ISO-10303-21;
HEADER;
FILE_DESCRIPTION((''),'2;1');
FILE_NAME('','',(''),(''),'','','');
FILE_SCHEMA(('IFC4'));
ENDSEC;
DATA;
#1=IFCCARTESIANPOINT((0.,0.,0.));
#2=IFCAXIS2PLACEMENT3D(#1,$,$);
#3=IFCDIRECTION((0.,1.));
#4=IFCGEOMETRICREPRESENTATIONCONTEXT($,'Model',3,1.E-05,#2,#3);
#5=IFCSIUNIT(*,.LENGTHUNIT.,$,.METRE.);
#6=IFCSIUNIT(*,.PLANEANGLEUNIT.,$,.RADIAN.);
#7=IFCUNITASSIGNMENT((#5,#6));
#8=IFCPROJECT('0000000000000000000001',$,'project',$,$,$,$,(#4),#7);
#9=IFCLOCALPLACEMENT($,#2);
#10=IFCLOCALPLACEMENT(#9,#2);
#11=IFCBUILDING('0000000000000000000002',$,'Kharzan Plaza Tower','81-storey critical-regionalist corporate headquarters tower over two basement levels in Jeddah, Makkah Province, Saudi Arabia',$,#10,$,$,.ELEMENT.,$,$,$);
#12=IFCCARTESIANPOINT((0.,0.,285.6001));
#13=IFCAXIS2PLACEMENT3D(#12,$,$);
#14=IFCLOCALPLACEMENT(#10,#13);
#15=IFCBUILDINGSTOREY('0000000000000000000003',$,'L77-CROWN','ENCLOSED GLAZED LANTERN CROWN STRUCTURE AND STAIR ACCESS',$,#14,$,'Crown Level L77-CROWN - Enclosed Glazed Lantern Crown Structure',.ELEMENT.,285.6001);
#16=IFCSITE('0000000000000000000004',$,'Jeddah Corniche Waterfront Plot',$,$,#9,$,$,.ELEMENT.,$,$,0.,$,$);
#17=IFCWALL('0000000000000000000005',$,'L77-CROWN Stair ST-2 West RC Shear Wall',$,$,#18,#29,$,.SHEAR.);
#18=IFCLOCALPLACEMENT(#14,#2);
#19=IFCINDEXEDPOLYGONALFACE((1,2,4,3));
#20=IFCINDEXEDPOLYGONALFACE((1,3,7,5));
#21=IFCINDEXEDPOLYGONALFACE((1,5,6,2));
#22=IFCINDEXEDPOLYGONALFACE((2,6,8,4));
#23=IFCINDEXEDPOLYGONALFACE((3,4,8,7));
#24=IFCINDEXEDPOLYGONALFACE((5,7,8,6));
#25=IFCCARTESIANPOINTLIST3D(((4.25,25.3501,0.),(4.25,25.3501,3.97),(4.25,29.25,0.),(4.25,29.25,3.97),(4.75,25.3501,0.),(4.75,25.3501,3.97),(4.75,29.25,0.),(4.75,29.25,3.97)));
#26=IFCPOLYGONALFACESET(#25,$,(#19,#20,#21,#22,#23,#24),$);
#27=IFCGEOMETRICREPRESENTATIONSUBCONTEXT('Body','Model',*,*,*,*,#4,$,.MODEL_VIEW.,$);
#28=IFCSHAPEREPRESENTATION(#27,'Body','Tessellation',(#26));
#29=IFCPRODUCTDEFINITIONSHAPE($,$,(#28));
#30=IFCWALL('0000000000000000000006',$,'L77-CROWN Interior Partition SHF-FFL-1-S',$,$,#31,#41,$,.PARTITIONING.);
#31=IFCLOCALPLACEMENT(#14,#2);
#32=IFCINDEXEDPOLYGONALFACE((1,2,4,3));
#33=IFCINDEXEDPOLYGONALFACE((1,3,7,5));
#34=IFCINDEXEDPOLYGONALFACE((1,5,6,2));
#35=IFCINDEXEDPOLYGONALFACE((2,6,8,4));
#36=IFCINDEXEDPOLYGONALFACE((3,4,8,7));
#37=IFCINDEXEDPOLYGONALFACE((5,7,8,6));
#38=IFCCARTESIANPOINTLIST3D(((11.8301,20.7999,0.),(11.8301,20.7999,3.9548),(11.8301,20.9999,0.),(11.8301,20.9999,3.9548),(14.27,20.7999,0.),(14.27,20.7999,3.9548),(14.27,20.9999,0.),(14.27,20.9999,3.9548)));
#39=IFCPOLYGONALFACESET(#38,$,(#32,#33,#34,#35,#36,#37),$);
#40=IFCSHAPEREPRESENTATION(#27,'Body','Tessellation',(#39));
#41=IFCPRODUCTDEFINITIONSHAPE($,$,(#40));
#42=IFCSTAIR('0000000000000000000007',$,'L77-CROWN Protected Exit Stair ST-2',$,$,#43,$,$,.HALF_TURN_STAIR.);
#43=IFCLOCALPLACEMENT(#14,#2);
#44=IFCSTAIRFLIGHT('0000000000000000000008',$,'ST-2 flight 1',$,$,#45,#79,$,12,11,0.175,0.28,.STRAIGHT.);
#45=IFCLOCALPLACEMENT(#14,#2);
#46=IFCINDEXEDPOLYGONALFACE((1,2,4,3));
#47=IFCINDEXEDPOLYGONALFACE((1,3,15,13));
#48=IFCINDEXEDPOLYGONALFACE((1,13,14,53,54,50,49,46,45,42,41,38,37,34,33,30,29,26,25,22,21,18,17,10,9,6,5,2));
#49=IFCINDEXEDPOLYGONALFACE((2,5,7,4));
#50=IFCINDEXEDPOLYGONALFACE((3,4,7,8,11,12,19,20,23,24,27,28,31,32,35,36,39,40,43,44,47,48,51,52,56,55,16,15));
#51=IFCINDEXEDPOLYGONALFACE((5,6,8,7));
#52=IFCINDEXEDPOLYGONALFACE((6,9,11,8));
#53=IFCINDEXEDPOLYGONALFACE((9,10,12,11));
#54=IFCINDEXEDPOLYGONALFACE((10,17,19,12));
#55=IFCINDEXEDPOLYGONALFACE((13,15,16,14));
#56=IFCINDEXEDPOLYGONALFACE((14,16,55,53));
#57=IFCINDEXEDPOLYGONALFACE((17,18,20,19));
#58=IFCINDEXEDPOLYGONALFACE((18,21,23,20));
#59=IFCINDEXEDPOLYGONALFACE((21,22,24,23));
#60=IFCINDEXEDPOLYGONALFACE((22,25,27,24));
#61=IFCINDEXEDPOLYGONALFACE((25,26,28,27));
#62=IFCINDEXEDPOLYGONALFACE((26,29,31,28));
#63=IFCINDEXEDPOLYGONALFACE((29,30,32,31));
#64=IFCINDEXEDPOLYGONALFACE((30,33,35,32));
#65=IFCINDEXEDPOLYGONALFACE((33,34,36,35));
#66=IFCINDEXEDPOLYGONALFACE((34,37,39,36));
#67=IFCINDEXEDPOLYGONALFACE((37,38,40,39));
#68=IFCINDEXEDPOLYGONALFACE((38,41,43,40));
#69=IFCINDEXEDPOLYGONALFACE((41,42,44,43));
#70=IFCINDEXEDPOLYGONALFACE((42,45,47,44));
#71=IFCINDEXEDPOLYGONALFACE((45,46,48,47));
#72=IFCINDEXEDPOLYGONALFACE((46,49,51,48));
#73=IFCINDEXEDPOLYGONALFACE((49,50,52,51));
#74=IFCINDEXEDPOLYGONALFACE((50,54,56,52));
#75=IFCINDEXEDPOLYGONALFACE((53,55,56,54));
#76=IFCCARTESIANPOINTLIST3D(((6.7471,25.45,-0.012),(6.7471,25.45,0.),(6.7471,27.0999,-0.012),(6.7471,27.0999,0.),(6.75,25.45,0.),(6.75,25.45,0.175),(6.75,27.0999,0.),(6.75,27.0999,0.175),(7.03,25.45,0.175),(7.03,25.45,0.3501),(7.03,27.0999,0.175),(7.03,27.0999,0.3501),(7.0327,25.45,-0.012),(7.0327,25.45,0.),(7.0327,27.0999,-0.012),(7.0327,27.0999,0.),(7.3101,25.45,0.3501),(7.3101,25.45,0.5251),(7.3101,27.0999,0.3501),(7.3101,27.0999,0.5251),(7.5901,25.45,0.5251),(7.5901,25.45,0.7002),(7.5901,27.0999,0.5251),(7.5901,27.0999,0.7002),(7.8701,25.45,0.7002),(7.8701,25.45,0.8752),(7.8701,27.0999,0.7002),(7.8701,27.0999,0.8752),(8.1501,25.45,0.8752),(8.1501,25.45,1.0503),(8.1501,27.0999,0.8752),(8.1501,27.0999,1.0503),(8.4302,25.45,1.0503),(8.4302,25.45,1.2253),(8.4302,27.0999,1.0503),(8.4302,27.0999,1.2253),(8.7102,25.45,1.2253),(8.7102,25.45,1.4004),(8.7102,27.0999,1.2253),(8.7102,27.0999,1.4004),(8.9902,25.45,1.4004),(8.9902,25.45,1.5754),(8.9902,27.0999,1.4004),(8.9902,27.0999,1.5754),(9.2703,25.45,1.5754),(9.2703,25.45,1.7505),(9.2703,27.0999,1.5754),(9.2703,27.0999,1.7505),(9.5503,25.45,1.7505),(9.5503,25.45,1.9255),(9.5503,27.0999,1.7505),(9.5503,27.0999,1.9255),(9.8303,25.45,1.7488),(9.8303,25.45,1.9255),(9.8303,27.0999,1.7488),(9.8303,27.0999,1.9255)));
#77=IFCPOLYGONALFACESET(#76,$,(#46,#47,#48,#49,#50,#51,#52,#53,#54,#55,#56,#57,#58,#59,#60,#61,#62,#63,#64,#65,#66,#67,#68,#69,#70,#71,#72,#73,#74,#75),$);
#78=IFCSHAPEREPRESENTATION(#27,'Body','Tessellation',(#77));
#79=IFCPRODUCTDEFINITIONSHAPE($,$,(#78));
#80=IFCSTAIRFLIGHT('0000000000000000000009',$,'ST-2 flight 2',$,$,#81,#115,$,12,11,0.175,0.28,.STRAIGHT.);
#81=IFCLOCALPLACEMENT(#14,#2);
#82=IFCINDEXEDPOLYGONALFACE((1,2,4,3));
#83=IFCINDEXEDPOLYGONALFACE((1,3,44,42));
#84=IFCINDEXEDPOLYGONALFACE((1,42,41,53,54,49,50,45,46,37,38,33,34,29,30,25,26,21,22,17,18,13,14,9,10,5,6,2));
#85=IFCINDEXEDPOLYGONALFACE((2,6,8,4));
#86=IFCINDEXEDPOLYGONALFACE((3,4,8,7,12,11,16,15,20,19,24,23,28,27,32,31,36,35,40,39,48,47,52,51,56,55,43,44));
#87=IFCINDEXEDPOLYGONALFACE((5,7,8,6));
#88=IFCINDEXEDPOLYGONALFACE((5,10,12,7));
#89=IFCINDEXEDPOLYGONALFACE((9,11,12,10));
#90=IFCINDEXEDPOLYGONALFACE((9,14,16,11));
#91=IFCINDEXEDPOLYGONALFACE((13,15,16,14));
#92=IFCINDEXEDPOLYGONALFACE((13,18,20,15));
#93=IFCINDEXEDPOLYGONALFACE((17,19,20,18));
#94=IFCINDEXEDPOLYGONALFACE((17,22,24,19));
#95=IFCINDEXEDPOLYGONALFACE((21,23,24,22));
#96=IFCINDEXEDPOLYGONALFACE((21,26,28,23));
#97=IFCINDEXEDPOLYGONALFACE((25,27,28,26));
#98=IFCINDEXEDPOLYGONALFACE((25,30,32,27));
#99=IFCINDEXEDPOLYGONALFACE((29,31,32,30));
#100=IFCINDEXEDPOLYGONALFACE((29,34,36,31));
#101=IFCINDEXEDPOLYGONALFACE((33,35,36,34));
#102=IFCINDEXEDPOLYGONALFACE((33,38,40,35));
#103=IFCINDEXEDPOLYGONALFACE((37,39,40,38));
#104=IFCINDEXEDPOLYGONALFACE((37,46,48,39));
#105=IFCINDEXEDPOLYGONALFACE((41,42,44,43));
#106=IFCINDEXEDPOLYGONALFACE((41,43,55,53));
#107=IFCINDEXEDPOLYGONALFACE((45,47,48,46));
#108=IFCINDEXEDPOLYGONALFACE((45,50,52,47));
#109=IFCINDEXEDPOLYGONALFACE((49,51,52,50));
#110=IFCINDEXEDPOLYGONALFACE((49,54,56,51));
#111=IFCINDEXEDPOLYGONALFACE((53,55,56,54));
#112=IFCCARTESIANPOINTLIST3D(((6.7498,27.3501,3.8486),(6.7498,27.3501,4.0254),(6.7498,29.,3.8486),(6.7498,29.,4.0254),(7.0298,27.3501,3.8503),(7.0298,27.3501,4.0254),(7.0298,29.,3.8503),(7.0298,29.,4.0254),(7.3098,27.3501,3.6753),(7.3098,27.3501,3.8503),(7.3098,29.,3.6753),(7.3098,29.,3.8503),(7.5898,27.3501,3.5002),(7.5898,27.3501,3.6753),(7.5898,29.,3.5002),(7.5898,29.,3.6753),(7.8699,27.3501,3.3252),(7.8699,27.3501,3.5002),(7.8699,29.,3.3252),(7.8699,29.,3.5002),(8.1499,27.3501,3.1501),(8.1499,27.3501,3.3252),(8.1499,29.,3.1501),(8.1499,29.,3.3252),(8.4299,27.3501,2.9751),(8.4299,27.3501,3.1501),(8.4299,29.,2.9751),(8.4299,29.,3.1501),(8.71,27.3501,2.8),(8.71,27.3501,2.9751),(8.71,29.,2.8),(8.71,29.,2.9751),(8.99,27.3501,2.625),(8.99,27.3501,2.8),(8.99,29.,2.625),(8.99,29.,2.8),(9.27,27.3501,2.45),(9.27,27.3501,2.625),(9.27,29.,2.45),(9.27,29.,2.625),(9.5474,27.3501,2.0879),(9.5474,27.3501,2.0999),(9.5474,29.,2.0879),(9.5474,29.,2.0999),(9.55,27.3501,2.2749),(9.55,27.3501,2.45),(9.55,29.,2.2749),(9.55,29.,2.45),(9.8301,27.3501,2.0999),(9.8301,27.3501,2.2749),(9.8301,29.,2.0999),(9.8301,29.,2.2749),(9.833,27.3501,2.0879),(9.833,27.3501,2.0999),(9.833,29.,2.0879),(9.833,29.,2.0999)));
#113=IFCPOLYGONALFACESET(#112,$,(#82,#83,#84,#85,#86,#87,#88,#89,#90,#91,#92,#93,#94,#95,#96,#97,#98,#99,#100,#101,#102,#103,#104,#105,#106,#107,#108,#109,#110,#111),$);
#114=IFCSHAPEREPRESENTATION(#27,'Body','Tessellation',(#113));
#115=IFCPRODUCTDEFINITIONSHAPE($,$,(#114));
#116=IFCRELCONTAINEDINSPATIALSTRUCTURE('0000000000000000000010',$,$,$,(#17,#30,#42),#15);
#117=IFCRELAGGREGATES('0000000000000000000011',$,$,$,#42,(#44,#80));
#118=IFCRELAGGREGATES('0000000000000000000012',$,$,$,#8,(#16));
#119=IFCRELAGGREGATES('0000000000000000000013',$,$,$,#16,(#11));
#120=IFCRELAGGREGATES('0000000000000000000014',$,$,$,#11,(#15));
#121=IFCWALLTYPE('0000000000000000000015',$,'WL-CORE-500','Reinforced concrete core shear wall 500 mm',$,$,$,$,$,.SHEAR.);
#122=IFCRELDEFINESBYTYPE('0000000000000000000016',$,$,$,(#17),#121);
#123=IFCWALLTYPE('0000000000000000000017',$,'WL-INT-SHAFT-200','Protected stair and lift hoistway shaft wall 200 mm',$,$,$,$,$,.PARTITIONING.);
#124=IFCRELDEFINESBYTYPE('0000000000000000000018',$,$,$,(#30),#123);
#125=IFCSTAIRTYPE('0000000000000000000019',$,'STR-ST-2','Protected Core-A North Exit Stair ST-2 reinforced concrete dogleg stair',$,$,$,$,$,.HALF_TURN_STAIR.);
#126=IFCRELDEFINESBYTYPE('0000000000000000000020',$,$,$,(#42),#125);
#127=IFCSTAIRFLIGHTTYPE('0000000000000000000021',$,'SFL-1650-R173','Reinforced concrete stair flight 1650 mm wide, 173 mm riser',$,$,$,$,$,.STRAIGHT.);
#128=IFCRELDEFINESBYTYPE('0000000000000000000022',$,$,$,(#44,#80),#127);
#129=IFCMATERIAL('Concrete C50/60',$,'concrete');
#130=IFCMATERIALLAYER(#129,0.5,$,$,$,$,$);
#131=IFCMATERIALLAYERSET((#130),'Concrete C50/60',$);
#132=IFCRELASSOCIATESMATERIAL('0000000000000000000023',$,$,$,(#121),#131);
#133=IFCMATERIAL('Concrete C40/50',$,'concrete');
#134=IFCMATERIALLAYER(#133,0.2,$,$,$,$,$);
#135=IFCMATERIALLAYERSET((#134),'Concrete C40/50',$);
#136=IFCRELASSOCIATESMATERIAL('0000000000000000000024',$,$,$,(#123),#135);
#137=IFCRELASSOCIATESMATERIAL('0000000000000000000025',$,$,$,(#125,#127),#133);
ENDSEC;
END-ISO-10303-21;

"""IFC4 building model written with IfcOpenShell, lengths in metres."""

from ifc_helpers import new_model, si_unit, direction, frame, frame_2d, origin, place, context, subcontext, project, spatial, polyline, rectangle, outline, extrude, source, transform, mapped, material, layer, layer_set, type_object, element, aggregate, save


model = new_model("IFC4")

# Units and contexts
model_context = context("Model", 3, precision=1e-05, world=origin(), true_north=direction((0.0, 1.0)))
body_context = subcontext(model_context, "Body", "Model", "MODEL_VIEW")
ifc_project = project(units=[si_unit("LENGTHUNIT", "METRE"), si_unit("PLANEANGLEUNIT", "RADIAN")], contexts=[model_context])

# Site, building, storey
site_placement = place(None, origin())
site = spatial("IfcSite", under=ifc_project, at=site_placement, Name="Jeddah Corniche Waterfront Plot", CompositionType="ELEMENT", RefElevation=0.0)
building_placement = place(site_placement, origin())
building = spatial("IfcBuilding", under=site, at=building_placement, Name="Kharzan Plaza Tower", Description="81-storey critical-regionalist corporate headquarters tower over two basement levels in Jeddah, Makkah Province, Saudi Arabia", CompositionType="ELEMENT")
storey_placement = place(building_placement, frame((0.0, 0.0, 285.6001)))
storey = spatial("IfcBuildingStorey", under=building, at=storey_placement, Name="L77-CROWN", Description="ENCLOSED GLAZED LANTERN CROWN STRUCTURE AND STAIR ACCESS", LongName="Crown Level L77-CROWN - Enclosed Glazed Lantern Crown Structure", CompositionType="ELEMENT", Elevation=285.6001)

# Shared definitions
ifc_material_1 = material(Name="Concrete C50/60", Category="concrete")

# Walls
ifc_layer_1 = layer(ifc_material_1, 0.5)
ifc_layer_set_1 = layer_set([ifc_layer_1], Name="Concrete C50/60")
wall_type_1 = type_object("IfcWallType", Name="WL-CORE-500", Description="Reinforced concrete core shear wall 500 mm", PredefinedType="SHEAR", material=ifc_layer_set_1)
shared_shape_1 = source(origin(), body_context, "Body", "SweptSolid", [
    extrude(rectangle(XDim=3.8999, YDim=0.5, at=frame_2d((1.95, 0.0))), origin(), (0.0, 0.0, 1.0), 3.97),
])
wall_1_placement = place(storey_placement, frame((4.5, 25.3501, 0.0), z_axis=(0.0, 0.0, 1.0), x_axis=(0.0, 1.0, 0.0)))
element("IfcWall", 1, at=wall_1_placement, inside=storey, type_object=wall_type_1, Name="L77-CROWN Stair ST-2 West RC Shear Wall", PredefinedType="SHEAR", context=body_context, shape_type="MappedRepresentation", body=[
    mapped(shared_shape_1, transform((0.0, 0.0, 0.0), x_axis=(1.0, 0.0, 0.0), y_axis=(0.0, 1.0, 0.0), z_axis=(0.0, 0.0, 1.0))),
])
ifc_material_2 = material(Name="Concrete C40/50", Category="concrete")
ifc_layer_2 = layer(ifc_material_2, 0.2)
ifc_layer_set_2 = layer_set([ifc_layer_2], Name="Concrete C40/50")
wall_type_2 = type_object("IfcWallType", Name="WL-INT-SHAFT-200", Description="Protected stair and lift hoistway shaft wall 200 mm", PredefinedType="PARTITIONING", material=ifc_layer_set_2)
shared_shape_2 = source(origin(), body_context, "Body", "SweptSolid", [
    extrude(rectangle(XDim=2.4399, YDim=0.2, at=frame_2d((1.22, 0.0))), origin(), (0.0, 0.0, 1.0), 3.9548),
])
wall_2_placement = place(storey_placement, frame((11.8301, 20.8999, 0.0), z_axis=(0.0, 0.0, 1.0), x_axis=(1.0, 0.0, 0.0)))
element("IfcWall", 2, at=wall_2_placement, inside=storey, type_object=wall_type_2, Name="L77-CROWN Interior Partition SHF-FFL-1-S", PredefinedType="PARTITIONING", context=body_context, shape_type="MappedRepresentation", body=[
    mapped(shared_shape_2, transform((0.0, 0.0, 0.0), x_axis=(1.0, 0.0, 0.0), y_axis=(0.0, 1.0, 0.0), z_axis=(0.0, 0.0, 1.0))),
])

# Stair, stair flights
stair_type = type_object("IfcStairType", Name="STR-ST-2", Description="Protected Core-A North Exit Stair ST-2 reinforced concrete dogleg stair", PredefinedType="HALF_TURN_STAIR", material=ifc_material_2)
stair_placement = place(storey_placement, origin())
stair = element("IfcStair", 3, at=stair_placement, inside=storey, type_object=stair_type, Name="L77-CROWN Protected Exit Stair ST-2", PredefinedType="HALF_TURN_STAIR")
stair_flight_type = type_object("IfcStairFlightType", Name="SFL-1650-R173", Description="Reinforced concrete stair flight 1650 mm wide, 173 mm riser", PredefinedType="STRAIGHT", material=ifc_material_2)
shared_shape_3 = source(origin(), body_context, "Body", "SweptSolid", [
    extrude(outline(polyline([(-0.0029, -0.012), (-0.0029, 0.0), (0.0, 0.0), (0.0, 0.175), (0.28, 0.175), (0.28, 0.3501), (0.5601, 0.3501), (0.5601, 0.5251), (0.8401, 0.5251), (0.8401, 0.7002), (1.1201, 0.7002), (1.1201, 0.8752), (1.4001, 0.8752), (1.4001, 1.0503), (1.6802, 1.0503), (1.6802, 1.2253), (1.9602, 1.2253), (1.9602, 1.4004), (2.2402, 1.4004), (2.2402, 1.5754), (2.5203, 1.5754), (2.5203, 1.7505), (2.8003, 1.7505), (2.8003, 1.9255), (3.0803, 1.9255), (3.0803, 2.1006), (3.0803, 1.7488), (0.2827, 0.0), (0.2827, -0.012), (-0.0029, -0.012)])), frame((0.0, 0.825, 0.0), z_axis=(0.0, -1.0, 0.0), x_axis=(1.0, 0.0, 0.0)), (0.0, 0.0, 1.0), 1.6499),
])
stair_flight_1_placement = place(storey_placement, frame((6.75, 26.2749, 0.0), z_axis=(0.0, 0.0, 1.0), x_axis=(1.0, 0.0, 0.0)))
stair_flight_1 = element("IfcStairFlight", 4, at=stair_flight_1_placement, type_object=stair_flight_type, Name="ST-2 flight 1", NumberOfRisers=12, NumberOfTreads=11, PredefinedType="STRAIGHT", RiserHeight=0.175, TreadLength=0.28, context=body_context, shape_type="MappedRepresentation", body=[
    mapped(shared_shape_3, transform((0.0, 0.0, 0.0), x_axis=(1.0, 0.0, 0.0), y_axis=(0.0, 1.0, 0.0), z_axis=(0.0, 0.0, 1.0))),
])
stair_flight_2_placement = place(storey_placement, frame((9.8301, 28.175, 2.0999), z_axis=(0.0, 0.0, 1.0), x_axis=(-1.0, 0.0, 0.0)))
stair_flight_2 = element("IfcStairFlight", 5, at=stair_flight_2_placement, type_object=stair_flight_type, Name="ST-2 flight 2", NumberOfRisers=12, NumberOfTreads=11, PredefinedType="STRAIGHT", RiserHeight=0.175, TreadLength=0.28, context=body_context, shape_type="MappedRepresentation", body=[
    mapped(shared_shape_3, transform((0.0, 0.0, 0.0), x_axis=(1.0, 0.0, 0.0), y_axis=(0.0, 1.0, 0.0), z_axis=(0.0, 0.0, 1.0))),
])
aggregate(stair, [stair_flight_1, stair_flight_2])

save(model, "model.ifc")
